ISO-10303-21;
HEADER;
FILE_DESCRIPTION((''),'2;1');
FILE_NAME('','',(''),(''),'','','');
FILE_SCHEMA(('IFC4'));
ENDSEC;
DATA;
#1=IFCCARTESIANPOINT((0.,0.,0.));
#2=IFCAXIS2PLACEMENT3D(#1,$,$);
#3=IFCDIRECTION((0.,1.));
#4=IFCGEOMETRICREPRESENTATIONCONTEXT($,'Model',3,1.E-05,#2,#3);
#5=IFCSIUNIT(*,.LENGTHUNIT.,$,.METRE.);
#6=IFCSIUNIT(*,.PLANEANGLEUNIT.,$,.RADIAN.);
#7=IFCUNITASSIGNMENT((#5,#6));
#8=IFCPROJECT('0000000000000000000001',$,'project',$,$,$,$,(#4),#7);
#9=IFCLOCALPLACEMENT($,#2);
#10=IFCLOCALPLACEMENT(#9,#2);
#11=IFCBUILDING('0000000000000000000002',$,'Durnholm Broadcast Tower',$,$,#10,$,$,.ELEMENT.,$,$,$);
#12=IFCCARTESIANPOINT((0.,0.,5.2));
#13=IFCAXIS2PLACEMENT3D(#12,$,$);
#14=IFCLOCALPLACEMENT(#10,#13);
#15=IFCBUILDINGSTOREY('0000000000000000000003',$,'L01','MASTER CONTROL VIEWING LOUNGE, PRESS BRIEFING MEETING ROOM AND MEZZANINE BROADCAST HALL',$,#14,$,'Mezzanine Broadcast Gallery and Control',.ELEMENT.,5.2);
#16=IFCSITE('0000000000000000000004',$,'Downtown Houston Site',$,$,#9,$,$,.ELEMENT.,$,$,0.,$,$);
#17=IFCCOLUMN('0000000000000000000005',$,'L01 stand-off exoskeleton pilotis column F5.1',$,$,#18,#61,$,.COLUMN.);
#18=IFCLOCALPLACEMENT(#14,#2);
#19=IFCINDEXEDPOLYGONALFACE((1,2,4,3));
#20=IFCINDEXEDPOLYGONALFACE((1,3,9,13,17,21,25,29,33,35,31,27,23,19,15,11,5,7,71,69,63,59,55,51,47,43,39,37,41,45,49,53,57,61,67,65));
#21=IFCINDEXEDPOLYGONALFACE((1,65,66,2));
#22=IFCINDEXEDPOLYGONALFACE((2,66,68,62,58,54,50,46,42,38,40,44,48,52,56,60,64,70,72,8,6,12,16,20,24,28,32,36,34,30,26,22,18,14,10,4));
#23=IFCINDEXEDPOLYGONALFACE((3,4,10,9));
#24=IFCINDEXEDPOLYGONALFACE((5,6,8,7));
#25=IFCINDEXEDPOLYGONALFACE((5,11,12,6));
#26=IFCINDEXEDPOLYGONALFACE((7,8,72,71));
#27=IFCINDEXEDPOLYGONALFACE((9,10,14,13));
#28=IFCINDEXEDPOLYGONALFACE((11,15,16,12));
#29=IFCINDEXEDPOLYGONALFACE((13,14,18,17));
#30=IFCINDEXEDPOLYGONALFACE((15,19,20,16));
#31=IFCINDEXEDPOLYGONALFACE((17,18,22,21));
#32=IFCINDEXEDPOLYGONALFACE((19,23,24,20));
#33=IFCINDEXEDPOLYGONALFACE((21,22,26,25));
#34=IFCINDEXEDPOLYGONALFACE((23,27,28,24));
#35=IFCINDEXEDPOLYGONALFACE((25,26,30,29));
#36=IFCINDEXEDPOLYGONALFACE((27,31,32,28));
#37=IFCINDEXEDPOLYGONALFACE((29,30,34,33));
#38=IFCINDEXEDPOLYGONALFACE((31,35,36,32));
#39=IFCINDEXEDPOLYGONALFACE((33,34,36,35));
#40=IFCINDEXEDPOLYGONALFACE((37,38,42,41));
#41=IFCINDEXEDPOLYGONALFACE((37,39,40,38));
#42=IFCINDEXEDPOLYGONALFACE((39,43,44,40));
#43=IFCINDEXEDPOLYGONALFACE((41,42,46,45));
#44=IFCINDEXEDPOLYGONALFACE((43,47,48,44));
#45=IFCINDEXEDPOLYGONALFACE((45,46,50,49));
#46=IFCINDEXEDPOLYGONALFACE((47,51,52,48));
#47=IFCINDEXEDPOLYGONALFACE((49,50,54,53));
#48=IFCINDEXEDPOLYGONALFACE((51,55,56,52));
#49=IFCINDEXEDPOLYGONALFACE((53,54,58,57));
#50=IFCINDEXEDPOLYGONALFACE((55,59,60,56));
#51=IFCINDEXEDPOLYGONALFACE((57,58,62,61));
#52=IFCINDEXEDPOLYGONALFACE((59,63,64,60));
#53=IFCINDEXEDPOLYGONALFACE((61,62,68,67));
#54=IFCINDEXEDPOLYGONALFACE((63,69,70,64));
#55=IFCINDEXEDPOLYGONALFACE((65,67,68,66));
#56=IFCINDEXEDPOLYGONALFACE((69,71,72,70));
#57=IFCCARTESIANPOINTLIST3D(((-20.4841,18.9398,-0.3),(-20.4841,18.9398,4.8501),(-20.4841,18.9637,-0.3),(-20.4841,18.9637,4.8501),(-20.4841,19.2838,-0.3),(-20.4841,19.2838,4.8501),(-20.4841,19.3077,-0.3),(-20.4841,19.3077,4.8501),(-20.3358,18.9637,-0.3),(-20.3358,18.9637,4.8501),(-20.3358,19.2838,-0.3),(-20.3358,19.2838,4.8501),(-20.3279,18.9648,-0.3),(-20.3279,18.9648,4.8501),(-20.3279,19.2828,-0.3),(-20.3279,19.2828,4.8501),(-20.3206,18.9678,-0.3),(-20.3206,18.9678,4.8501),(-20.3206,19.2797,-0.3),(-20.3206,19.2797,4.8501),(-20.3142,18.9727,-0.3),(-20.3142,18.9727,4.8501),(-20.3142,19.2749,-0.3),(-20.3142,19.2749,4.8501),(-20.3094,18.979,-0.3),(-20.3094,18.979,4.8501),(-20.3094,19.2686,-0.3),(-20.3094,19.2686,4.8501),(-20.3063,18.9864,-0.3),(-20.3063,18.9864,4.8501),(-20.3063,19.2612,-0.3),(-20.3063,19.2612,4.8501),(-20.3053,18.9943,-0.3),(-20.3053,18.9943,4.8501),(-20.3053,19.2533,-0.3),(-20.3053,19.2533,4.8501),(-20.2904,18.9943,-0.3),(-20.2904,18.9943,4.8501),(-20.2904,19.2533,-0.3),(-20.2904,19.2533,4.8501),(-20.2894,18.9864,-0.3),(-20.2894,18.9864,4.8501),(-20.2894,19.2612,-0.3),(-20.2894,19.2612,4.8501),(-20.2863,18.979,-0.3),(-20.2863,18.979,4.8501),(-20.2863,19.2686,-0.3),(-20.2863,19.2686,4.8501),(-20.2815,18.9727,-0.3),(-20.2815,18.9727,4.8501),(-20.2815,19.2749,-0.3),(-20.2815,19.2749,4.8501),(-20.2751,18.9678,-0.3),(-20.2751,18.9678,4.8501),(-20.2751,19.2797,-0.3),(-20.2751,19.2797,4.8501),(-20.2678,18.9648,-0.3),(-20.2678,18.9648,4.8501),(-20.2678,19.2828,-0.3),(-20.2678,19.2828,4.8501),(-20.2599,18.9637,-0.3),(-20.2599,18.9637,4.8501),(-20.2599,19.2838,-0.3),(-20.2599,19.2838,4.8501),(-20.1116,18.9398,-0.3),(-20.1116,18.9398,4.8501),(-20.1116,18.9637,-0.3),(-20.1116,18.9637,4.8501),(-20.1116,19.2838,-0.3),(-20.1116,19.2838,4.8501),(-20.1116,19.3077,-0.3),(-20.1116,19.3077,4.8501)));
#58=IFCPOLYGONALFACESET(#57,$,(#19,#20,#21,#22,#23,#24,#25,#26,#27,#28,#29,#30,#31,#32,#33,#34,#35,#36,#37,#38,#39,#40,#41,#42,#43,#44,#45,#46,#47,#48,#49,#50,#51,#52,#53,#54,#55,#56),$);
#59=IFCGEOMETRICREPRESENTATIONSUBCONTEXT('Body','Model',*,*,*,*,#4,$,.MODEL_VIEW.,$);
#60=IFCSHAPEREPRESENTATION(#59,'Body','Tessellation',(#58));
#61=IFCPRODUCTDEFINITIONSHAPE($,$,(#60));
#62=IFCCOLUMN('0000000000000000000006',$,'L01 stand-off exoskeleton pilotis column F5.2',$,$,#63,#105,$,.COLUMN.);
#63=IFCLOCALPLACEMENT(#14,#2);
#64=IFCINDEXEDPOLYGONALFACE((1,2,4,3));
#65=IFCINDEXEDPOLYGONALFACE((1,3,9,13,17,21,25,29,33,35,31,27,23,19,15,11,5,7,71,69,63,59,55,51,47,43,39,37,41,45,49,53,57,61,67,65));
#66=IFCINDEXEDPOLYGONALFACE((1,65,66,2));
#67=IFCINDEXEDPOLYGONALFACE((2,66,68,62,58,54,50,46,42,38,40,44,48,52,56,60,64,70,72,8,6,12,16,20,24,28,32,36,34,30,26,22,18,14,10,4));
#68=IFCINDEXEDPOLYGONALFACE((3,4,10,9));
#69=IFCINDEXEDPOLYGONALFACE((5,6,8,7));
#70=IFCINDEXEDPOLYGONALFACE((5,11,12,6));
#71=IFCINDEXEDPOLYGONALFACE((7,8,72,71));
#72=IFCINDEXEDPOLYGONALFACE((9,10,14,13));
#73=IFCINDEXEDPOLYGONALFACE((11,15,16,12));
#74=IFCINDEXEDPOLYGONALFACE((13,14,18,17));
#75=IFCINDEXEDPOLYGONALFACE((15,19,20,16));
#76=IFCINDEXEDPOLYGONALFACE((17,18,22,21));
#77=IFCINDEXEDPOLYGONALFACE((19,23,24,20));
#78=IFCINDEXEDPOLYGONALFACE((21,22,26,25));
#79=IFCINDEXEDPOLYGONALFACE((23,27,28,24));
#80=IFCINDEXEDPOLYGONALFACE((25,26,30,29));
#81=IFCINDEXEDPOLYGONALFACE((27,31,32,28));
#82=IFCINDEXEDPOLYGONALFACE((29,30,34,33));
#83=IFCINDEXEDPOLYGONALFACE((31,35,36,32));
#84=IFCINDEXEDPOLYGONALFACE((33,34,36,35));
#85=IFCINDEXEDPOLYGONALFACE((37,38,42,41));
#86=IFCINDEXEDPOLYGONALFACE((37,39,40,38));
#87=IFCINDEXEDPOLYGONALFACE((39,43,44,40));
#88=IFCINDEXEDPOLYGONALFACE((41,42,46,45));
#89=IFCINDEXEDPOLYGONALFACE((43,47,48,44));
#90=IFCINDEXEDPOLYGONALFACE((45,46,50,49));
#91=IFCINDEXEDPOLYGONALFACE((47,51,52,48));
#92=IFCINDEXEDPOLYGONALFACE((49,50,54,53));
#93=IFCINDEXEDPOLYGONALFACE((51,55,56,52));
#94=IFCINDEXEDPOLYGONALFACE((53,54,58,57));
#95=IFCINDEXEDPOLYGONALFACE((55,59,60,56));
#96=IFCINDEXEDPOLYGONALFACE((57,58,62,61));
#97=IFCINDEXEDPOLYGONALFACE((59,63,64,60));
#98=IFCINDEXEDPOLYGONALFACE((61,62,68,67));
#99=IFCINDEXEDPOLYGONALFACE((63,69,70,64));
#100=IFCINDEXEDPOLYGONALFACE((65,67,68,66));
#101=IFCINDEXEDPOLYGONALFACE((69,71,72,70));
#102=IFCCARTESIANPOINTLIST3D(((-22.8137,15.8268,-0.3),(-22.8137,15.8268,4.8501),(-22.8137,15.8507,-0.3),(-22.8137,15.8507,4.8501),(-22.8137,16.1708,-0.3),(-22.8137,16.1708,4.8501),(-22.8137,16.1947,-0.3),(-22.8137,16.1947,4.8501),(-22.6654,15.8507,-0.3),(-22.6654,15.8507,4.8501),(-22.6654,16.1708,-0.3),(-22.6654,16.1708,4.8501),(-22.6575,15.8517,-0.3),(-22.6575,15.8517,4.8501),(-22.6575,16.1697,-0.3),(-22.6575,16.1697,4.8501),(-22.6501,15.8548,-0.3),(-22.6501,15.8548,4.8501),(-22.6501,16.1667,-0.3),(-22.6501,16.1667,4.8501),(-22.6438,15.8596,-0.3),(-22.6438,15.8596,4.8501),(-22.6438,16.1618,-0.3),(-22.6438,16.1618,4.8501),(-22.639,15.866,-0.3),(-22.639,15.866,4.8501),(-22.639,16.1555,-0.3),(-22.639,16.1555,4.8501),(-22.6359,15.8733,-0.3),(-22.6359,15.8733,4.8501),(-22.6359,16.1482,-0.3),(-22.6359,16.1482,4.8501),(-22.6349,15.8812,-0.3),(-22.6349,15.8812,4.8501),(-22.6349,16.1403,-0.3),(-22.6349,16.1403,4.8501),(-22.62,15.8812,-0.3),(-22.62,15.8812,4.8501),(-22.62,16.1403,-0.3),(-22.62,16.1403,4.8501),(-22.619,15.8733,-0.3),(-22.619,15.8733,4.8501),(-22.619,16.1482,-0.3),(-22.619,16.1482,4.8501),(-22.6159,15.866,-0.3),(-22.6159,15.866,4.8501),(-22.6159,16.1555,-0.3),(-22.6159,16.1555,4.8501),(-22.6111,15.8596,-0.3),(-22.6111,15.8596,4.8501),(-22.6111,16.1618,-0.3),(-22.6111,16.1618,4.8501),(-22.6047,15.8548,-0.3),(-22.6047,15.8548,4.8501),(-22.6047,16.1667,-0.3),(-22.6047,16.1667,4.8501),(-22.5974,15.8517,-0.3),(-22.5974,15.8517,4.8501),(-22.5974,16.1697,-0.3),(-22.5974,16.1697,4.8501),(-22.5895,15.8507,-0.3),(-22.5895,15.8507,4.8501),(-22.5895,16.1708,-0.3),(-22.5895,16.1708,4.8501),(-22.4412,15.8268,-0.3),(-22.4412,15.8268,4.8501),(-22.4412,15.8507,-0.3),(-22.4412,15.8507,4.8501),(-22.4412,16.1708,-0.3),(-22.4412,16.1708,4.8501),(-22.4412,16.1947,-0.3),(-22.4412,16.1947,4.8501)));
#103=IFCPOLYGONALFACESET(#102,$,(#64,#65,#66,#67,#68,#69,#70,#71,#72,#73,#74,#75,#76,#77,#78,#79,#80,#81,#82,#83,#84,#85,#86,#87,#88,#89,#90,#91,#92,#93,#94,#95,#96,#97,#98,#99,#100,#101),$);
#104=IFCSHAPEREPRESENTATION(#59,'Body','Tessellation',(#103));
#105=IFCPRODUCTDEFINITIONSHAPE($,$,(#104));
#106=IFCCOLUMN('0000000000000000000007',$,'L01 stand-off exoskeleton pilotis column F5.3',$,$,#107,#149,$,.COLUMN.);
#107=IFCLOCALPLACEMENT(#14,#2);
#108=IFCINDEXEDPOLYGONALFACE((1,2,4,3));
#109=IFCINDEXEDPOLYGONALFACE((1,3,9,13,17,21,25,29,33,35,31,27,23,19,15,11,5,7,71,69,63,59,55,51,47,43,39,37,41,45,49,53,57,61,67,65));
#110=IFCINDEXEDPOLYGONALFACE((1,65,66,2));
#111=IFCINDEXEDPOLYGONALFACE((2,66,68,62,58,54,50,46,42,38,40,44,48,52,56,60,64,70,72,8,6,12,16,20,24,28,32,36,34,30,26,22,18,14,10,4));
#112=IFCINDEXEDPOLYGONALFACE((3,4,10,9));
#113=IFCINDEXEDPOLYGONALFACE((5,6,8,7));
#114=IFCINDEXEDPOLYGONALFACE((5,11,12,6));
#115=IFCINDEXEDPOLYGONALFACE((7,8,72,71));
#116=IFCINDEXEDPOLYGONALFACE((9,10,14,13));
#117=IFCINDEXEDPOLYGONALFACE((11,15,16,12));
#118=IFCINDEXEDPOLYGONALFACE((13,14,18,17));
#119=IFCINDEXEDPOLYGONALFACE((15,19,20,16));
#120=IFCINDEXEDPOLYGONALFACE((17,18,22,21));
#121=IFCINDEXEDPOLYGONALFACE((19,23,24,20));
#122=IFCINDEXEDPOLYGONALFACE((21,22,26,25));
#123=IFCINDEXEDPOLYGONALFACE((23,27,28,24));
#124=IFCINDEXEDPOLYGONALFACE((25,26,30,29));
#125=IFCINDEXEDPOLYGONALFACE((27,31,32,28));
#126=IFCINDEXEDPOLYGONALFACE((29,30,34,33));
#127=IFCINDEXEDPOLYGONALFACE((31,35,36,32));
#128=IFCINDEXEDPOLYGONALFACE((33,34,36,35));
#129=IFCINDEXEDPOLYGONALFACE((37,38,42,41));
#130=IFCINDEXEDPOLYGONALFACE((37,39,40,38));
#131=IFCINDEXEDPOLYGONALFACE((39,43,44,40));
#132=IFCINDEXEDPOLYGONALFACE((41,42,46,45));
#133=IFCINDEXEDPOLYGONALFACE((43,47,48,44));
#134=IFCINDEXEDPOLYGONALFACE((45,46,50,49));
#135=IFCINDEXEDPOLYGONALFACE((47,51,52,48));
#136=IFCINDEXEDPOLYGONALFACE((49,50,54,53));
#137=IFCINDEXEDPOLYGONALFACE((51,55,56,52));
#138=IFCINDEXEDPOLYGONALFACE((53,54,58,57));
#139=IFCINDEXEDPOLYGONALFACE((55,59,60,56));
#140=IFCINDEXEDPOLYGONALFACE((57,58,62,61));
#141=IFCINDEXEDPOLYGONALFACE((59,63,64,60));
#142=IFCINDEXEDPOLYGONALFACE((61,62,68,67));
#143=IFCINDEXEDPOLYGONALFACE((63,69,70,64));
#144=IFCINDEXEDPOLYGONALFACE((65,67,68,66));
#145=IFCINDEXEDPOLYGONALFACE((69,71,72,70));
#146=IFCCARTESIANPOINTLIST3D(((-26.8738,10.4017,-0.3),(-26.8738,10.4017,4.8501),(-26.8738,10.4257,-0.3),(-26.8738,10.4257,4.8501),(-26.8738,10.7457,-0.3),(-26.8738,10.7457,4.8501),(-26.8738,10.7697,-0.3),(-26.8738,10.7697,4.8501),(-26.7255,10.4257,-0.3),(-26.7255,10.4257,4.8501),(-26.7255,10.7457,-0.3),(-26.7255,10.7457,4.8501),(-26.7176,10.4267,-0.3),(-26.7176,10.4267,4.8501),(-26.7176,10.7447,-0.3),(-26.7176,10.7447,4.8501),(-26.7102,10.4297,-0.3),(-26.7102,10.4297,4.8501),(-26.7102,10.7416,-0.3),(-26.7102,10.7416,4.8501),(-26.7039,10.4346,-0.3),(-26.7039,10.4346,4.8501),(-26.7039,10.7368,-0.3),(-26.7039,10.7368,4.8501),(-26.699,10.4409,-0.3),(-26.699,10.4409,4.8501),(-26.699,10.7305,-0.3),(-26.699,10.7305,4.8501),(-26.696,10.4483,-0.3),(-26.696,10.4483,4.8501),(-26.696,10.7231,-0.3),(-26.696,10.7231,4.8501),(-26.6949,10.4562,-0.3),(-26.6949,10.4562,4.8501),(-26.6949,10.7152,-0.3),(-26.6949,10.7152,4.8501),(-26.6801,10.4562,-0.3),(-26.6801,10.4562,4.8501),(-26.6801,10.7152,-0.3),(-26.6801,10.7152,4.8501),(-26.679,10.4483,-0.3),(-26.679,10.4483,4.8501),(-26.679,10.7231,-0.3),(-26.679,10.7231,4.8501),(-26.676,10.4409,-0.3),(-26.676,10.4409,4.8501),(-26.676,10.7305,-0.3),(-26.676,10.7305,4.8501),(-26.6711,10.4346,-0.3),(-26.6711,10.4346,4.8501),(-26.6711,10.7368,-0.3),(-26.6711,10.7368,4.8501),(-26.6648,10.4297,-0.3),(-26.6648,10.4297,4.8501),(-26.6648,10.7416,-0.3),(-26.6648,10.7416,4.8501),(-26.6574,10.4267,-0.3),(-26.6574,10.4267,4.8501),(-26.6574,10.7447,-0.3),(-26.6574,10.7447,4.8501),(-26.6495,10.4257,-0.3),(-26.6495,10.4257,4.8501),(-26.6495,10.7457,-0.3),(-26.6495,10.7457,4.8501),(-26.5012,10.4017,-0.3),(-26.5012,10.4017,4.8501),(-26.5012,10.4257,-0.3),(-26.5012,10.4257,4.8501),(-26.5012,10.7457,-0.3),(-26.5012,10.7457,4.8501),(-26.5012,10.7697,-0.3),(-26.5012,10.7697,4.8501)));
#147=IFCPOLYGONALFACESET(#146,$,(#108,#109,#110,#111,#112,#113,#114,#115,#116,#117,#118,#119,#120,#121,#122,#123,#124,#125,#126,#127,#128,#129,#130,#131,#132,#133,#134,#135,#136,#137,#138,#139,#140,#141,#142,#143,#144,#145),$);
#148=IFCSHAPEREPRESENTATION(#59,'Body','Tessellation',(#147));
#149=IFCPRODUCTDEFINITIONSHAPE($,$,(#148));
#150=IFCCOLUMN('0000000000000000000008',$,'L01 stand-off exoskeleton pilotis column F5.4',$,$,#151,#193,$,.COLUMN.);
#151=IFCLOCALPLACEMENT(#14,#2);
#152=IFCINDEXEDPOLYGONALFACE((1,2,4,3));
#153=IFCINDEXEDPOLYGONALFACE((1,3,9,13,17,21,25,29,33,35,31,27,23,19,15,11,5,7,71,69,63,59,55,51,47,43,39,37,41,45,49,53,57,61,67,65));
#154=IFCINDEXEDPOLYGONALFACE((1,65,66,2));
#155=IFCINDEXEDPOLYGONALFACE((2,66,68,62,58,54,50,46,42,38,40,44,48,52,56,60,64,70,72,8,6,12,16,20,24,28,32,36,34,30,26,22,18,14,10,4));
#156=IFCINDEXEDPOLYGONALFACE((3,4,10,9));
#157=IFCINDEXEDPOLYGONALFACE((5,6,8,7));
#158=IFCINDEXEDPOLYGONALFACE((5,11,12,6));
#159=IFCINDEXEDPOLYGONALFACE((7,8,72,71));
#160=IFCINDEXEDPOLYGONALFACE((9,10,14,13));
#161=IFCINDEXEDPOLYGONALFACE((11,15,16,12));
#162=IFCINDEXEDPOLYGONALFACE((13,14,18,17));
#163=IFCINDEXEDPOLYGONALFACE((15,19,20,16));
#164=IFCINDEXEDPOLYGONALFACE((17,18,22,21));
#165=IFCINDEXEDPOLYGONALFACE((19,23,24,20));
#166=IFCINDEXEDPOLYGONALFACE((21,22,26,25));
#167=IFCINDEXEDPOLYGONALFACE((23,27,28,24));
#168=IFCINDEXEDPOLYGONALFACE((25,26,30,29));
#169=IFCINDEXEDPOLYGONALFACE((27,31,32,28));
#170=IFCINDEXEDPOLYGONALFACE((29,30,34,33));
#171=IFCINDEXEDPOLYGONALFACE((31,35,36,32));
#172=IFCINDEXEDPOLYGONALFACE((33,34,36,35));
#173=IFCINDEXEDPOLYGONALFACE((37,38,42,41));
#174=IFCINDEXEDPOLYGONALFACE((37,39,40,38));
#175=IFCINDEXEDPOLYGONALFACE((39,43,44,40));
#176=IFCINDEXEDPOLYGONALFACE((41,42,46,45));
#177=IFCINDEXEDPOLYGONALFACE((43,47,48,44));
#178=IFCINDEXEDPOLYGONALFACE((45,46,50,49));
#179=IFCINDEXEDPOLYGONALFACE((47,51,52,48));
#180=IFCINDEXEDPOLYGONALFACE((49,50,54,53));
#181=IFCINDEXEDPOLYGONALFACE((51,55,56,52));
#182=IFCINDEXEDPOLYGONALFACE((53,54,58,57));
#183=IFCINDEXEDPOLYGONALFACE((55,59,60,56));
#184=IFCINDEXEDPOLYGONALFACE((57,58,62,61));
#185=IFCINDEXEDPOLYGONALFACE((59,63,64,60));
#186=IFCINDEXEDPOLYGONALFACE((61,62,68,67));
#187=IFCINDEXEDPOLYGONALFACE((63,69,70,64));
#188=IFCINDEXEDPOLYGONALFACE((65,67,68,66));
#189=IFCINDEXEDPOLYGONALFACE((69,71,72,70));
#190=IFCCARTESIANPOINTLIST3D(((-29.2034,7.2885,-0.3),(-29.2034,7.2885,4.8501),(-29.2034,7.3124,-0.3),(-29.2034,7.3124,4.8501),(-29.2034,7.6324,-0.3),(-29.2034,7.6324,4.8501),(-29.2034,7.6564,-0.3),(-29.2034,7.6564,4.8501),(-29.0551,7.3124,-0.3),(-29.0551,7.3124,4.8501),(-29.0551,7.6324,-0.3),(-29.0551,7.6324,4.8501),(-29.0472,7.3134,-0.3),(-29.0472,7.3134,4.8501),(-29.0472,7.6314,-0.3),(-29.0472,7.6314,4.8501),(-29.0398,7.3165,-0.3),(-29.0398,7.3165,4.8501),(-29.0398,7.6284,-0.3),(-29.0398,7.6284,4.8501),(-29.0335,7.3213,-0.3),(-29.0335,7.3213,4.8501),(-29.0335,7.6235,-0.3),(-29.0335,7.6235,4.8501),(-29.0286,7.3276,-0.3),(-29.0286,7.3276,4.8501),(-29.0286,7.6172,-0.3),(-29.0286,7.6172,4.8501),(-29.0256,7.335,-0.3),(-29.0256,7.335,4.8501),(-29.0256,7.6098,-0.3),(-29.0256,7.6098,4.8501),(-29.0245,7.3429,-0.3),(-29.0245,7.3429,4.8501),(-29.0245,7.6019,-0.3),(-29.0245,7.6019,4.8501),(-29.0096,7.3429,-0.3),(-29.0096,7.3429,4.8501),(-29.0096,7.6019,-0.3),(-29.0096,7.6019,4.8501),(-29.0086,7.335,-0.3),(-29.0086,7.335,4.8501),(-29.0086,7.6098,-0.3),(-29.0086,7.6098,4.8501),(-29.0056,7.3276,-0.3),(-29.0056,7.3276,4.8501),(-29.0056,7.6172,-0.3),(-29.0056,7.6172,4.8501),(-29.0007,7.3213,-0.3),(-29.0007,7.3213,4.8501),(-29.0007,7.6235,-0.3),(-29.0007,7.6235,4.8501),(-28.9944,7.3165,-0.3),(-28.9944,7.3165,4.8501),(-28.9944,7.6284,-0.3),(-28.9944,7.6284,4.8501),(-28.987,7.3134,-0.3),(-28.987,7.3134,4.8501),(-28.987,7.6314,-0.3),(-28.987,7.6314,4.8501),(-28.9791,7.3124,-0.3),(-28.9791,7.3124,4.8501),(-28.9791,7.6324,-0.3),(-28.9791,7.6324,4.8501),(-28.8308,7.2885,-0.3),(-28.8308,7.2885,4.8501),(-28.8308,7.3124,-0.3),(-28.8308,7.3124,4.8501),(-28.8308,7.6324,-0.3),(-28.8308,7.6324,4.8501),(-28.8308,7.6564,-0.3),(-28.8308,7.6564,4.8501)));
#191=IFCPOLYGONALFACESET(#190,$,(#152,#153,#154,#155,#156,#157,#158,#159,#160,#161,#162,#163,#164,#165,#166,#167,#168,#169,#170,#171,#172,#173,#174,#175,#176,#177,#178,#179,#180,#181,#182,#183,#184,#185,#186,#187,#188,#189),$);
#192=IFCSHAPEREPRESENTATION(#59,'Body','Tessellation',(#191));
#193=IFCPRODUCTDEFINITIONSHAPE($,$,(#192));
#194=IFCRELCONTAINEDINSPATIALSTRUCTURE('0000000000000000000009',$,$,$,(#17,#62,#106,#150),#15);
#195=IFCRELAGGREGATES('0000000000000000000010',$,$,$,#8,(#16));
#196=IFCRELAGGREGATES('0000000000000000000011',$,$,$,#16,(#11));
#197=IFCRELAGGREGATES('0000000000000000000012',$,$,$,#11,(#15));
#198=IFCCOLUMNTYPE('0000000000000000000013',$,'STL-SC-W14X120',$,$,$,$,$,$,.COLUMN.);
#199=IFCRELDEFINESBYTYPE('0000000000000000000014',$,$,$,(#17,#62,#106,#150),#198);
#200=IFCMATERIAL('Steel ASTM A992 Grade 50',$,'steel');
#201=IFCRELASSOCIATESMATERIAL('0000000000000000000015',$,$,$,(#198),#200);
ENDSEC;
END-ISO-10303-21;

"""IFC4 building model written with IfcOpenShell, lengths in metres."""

from ifc_helpers import new_model, si_unit, direction, frame, origin, origin_2d, place, context, subcontext, project, spatial, i_section, extrude, source, transform, mapped, material, material_profile, profile_set, type_object, type_shapes, element, save


model = new_model("IFC4")

# Units and contexts
model_context = context("Model", 3, precision=1e-05, world=origin(), true_north=direction((0.0, 1.0)))
body_context = subcontext(model_context, "Body", "Model", "MODEL_VIEW")
ifc_project = project(units=[si_unit("LENGTHUNIT", "METRE"), si_unit("PLANEANGLEUNIT", "RADIAN")], contexts=[model_context])

# Site, building, storey
site_placement = place(None, origin())
site = spatial("IfcSite", under=ifc_project, at=site_placement, Name="Downtown Houston Site", CompositionType="ELEMENT", RefElevation=0.0)
building_placement = place(site_placement, origin())
building = spatial("IfcBuilding", under=site, at=building_placement, Name="Durnholm Broadcast Tower", CompositionType="ELEMENT")
storey_placement = place(building_placement, frame((0.0, 0.0, 5.2)))
storey = spatial("IfcBuildingStorey", under=building, at=storey_placement, Name="L01", Description="MASTER CONTROL VIEWING LOUNGE, PRESS BRIEFING MEETING ROOM AND MEZZANINE BROADCAST HALL", LongName="Mezzanine Broadcast Gallery and Control", CompositionType="ELEMENT", Elevation=5.2)

# Columns
ifc_material_1 = material(Name="Steel ASTM A992 Grade 50", Category="steel")
ifc_material_profile_1 = material_profile(ifc_material_1, i_section(OverallWidth=0.3726, OverallDepth=0.3679, WebThickness=0.0149, FlangeThickness=0.0239, FilletRadius=0.0305, at=origin_2d()), Name="W14X120")
ifc_profile_set_1 = profile_set([ifc_material_profile_1], Name="Steel ASTM A992 Grade 50")
column_type_1 = type_object("IfcColumnType", Name="STL-SC-W14X120", PredefinedType="COLUMN", material=ifc_profile_set_1)
shared_shape_1 = source(origin(), body_context, "Body", "SweptSolid", [
    extrude(i_section(OverallWidth=0.3726, OverallDepth=0.3679, WebThickness=0.0149, FlangeThickness=0.0239, FilletRadius=0.0305, at=origin_2d()), origin(), (0.0, 0.0, 1.0), 5.1501),
])
type_shapes(column_type_1, [shared_shape_1])
for number, where, z_axis, x_axis, name in (
    (1, (-20.2979, 19.1238, -0.3), (0.0, 0.0, 1.0), (1.0, 0.0, 0.0), "L01 stand-off exoskeleton pilotis column F5.1"),
    (2, (-22.6274, 16.0107, -0.3), (0.0, 0.0, 1.0), (1.0, 0.0, 0.0), "L01 stand-off exoskeleton pilotis column F5.2"),
    (3, (-26.6875, 10.5857, -0.3), (0.0, 0.0, 1.0), (1.0, 0.0, 0.0), "L01 stand-off exoskeleton pilotis column F5.3"),
    (4, (-29.0171, 7.4724, -0.3), (0.0, 0.0, 1.0), (1.0, 0.0, 0.0), "L01 stand-off exoskeleton pilotis column F5.4"),
):
    element("IfcColumn", number, at=place(storey_placement, frame(where, z_axis=z_axis, x_axis=x_axis)), inside=storey, type_object=column_type_1, Name=name, PredefinedType="COLUMN", context=body_context, shape_type="MappedRepresentation", body=[
        mapped(shared_shape_1, transform((0.0, 0.0, 0.0), x_axis=(1.0, 0.0, 0.0), y_axis=(0.0, 1.0, 0.0), z_axis=(0.0, 0.0, 1.0), scale=1.0)),
    ])

save(model, "model.ifc")
